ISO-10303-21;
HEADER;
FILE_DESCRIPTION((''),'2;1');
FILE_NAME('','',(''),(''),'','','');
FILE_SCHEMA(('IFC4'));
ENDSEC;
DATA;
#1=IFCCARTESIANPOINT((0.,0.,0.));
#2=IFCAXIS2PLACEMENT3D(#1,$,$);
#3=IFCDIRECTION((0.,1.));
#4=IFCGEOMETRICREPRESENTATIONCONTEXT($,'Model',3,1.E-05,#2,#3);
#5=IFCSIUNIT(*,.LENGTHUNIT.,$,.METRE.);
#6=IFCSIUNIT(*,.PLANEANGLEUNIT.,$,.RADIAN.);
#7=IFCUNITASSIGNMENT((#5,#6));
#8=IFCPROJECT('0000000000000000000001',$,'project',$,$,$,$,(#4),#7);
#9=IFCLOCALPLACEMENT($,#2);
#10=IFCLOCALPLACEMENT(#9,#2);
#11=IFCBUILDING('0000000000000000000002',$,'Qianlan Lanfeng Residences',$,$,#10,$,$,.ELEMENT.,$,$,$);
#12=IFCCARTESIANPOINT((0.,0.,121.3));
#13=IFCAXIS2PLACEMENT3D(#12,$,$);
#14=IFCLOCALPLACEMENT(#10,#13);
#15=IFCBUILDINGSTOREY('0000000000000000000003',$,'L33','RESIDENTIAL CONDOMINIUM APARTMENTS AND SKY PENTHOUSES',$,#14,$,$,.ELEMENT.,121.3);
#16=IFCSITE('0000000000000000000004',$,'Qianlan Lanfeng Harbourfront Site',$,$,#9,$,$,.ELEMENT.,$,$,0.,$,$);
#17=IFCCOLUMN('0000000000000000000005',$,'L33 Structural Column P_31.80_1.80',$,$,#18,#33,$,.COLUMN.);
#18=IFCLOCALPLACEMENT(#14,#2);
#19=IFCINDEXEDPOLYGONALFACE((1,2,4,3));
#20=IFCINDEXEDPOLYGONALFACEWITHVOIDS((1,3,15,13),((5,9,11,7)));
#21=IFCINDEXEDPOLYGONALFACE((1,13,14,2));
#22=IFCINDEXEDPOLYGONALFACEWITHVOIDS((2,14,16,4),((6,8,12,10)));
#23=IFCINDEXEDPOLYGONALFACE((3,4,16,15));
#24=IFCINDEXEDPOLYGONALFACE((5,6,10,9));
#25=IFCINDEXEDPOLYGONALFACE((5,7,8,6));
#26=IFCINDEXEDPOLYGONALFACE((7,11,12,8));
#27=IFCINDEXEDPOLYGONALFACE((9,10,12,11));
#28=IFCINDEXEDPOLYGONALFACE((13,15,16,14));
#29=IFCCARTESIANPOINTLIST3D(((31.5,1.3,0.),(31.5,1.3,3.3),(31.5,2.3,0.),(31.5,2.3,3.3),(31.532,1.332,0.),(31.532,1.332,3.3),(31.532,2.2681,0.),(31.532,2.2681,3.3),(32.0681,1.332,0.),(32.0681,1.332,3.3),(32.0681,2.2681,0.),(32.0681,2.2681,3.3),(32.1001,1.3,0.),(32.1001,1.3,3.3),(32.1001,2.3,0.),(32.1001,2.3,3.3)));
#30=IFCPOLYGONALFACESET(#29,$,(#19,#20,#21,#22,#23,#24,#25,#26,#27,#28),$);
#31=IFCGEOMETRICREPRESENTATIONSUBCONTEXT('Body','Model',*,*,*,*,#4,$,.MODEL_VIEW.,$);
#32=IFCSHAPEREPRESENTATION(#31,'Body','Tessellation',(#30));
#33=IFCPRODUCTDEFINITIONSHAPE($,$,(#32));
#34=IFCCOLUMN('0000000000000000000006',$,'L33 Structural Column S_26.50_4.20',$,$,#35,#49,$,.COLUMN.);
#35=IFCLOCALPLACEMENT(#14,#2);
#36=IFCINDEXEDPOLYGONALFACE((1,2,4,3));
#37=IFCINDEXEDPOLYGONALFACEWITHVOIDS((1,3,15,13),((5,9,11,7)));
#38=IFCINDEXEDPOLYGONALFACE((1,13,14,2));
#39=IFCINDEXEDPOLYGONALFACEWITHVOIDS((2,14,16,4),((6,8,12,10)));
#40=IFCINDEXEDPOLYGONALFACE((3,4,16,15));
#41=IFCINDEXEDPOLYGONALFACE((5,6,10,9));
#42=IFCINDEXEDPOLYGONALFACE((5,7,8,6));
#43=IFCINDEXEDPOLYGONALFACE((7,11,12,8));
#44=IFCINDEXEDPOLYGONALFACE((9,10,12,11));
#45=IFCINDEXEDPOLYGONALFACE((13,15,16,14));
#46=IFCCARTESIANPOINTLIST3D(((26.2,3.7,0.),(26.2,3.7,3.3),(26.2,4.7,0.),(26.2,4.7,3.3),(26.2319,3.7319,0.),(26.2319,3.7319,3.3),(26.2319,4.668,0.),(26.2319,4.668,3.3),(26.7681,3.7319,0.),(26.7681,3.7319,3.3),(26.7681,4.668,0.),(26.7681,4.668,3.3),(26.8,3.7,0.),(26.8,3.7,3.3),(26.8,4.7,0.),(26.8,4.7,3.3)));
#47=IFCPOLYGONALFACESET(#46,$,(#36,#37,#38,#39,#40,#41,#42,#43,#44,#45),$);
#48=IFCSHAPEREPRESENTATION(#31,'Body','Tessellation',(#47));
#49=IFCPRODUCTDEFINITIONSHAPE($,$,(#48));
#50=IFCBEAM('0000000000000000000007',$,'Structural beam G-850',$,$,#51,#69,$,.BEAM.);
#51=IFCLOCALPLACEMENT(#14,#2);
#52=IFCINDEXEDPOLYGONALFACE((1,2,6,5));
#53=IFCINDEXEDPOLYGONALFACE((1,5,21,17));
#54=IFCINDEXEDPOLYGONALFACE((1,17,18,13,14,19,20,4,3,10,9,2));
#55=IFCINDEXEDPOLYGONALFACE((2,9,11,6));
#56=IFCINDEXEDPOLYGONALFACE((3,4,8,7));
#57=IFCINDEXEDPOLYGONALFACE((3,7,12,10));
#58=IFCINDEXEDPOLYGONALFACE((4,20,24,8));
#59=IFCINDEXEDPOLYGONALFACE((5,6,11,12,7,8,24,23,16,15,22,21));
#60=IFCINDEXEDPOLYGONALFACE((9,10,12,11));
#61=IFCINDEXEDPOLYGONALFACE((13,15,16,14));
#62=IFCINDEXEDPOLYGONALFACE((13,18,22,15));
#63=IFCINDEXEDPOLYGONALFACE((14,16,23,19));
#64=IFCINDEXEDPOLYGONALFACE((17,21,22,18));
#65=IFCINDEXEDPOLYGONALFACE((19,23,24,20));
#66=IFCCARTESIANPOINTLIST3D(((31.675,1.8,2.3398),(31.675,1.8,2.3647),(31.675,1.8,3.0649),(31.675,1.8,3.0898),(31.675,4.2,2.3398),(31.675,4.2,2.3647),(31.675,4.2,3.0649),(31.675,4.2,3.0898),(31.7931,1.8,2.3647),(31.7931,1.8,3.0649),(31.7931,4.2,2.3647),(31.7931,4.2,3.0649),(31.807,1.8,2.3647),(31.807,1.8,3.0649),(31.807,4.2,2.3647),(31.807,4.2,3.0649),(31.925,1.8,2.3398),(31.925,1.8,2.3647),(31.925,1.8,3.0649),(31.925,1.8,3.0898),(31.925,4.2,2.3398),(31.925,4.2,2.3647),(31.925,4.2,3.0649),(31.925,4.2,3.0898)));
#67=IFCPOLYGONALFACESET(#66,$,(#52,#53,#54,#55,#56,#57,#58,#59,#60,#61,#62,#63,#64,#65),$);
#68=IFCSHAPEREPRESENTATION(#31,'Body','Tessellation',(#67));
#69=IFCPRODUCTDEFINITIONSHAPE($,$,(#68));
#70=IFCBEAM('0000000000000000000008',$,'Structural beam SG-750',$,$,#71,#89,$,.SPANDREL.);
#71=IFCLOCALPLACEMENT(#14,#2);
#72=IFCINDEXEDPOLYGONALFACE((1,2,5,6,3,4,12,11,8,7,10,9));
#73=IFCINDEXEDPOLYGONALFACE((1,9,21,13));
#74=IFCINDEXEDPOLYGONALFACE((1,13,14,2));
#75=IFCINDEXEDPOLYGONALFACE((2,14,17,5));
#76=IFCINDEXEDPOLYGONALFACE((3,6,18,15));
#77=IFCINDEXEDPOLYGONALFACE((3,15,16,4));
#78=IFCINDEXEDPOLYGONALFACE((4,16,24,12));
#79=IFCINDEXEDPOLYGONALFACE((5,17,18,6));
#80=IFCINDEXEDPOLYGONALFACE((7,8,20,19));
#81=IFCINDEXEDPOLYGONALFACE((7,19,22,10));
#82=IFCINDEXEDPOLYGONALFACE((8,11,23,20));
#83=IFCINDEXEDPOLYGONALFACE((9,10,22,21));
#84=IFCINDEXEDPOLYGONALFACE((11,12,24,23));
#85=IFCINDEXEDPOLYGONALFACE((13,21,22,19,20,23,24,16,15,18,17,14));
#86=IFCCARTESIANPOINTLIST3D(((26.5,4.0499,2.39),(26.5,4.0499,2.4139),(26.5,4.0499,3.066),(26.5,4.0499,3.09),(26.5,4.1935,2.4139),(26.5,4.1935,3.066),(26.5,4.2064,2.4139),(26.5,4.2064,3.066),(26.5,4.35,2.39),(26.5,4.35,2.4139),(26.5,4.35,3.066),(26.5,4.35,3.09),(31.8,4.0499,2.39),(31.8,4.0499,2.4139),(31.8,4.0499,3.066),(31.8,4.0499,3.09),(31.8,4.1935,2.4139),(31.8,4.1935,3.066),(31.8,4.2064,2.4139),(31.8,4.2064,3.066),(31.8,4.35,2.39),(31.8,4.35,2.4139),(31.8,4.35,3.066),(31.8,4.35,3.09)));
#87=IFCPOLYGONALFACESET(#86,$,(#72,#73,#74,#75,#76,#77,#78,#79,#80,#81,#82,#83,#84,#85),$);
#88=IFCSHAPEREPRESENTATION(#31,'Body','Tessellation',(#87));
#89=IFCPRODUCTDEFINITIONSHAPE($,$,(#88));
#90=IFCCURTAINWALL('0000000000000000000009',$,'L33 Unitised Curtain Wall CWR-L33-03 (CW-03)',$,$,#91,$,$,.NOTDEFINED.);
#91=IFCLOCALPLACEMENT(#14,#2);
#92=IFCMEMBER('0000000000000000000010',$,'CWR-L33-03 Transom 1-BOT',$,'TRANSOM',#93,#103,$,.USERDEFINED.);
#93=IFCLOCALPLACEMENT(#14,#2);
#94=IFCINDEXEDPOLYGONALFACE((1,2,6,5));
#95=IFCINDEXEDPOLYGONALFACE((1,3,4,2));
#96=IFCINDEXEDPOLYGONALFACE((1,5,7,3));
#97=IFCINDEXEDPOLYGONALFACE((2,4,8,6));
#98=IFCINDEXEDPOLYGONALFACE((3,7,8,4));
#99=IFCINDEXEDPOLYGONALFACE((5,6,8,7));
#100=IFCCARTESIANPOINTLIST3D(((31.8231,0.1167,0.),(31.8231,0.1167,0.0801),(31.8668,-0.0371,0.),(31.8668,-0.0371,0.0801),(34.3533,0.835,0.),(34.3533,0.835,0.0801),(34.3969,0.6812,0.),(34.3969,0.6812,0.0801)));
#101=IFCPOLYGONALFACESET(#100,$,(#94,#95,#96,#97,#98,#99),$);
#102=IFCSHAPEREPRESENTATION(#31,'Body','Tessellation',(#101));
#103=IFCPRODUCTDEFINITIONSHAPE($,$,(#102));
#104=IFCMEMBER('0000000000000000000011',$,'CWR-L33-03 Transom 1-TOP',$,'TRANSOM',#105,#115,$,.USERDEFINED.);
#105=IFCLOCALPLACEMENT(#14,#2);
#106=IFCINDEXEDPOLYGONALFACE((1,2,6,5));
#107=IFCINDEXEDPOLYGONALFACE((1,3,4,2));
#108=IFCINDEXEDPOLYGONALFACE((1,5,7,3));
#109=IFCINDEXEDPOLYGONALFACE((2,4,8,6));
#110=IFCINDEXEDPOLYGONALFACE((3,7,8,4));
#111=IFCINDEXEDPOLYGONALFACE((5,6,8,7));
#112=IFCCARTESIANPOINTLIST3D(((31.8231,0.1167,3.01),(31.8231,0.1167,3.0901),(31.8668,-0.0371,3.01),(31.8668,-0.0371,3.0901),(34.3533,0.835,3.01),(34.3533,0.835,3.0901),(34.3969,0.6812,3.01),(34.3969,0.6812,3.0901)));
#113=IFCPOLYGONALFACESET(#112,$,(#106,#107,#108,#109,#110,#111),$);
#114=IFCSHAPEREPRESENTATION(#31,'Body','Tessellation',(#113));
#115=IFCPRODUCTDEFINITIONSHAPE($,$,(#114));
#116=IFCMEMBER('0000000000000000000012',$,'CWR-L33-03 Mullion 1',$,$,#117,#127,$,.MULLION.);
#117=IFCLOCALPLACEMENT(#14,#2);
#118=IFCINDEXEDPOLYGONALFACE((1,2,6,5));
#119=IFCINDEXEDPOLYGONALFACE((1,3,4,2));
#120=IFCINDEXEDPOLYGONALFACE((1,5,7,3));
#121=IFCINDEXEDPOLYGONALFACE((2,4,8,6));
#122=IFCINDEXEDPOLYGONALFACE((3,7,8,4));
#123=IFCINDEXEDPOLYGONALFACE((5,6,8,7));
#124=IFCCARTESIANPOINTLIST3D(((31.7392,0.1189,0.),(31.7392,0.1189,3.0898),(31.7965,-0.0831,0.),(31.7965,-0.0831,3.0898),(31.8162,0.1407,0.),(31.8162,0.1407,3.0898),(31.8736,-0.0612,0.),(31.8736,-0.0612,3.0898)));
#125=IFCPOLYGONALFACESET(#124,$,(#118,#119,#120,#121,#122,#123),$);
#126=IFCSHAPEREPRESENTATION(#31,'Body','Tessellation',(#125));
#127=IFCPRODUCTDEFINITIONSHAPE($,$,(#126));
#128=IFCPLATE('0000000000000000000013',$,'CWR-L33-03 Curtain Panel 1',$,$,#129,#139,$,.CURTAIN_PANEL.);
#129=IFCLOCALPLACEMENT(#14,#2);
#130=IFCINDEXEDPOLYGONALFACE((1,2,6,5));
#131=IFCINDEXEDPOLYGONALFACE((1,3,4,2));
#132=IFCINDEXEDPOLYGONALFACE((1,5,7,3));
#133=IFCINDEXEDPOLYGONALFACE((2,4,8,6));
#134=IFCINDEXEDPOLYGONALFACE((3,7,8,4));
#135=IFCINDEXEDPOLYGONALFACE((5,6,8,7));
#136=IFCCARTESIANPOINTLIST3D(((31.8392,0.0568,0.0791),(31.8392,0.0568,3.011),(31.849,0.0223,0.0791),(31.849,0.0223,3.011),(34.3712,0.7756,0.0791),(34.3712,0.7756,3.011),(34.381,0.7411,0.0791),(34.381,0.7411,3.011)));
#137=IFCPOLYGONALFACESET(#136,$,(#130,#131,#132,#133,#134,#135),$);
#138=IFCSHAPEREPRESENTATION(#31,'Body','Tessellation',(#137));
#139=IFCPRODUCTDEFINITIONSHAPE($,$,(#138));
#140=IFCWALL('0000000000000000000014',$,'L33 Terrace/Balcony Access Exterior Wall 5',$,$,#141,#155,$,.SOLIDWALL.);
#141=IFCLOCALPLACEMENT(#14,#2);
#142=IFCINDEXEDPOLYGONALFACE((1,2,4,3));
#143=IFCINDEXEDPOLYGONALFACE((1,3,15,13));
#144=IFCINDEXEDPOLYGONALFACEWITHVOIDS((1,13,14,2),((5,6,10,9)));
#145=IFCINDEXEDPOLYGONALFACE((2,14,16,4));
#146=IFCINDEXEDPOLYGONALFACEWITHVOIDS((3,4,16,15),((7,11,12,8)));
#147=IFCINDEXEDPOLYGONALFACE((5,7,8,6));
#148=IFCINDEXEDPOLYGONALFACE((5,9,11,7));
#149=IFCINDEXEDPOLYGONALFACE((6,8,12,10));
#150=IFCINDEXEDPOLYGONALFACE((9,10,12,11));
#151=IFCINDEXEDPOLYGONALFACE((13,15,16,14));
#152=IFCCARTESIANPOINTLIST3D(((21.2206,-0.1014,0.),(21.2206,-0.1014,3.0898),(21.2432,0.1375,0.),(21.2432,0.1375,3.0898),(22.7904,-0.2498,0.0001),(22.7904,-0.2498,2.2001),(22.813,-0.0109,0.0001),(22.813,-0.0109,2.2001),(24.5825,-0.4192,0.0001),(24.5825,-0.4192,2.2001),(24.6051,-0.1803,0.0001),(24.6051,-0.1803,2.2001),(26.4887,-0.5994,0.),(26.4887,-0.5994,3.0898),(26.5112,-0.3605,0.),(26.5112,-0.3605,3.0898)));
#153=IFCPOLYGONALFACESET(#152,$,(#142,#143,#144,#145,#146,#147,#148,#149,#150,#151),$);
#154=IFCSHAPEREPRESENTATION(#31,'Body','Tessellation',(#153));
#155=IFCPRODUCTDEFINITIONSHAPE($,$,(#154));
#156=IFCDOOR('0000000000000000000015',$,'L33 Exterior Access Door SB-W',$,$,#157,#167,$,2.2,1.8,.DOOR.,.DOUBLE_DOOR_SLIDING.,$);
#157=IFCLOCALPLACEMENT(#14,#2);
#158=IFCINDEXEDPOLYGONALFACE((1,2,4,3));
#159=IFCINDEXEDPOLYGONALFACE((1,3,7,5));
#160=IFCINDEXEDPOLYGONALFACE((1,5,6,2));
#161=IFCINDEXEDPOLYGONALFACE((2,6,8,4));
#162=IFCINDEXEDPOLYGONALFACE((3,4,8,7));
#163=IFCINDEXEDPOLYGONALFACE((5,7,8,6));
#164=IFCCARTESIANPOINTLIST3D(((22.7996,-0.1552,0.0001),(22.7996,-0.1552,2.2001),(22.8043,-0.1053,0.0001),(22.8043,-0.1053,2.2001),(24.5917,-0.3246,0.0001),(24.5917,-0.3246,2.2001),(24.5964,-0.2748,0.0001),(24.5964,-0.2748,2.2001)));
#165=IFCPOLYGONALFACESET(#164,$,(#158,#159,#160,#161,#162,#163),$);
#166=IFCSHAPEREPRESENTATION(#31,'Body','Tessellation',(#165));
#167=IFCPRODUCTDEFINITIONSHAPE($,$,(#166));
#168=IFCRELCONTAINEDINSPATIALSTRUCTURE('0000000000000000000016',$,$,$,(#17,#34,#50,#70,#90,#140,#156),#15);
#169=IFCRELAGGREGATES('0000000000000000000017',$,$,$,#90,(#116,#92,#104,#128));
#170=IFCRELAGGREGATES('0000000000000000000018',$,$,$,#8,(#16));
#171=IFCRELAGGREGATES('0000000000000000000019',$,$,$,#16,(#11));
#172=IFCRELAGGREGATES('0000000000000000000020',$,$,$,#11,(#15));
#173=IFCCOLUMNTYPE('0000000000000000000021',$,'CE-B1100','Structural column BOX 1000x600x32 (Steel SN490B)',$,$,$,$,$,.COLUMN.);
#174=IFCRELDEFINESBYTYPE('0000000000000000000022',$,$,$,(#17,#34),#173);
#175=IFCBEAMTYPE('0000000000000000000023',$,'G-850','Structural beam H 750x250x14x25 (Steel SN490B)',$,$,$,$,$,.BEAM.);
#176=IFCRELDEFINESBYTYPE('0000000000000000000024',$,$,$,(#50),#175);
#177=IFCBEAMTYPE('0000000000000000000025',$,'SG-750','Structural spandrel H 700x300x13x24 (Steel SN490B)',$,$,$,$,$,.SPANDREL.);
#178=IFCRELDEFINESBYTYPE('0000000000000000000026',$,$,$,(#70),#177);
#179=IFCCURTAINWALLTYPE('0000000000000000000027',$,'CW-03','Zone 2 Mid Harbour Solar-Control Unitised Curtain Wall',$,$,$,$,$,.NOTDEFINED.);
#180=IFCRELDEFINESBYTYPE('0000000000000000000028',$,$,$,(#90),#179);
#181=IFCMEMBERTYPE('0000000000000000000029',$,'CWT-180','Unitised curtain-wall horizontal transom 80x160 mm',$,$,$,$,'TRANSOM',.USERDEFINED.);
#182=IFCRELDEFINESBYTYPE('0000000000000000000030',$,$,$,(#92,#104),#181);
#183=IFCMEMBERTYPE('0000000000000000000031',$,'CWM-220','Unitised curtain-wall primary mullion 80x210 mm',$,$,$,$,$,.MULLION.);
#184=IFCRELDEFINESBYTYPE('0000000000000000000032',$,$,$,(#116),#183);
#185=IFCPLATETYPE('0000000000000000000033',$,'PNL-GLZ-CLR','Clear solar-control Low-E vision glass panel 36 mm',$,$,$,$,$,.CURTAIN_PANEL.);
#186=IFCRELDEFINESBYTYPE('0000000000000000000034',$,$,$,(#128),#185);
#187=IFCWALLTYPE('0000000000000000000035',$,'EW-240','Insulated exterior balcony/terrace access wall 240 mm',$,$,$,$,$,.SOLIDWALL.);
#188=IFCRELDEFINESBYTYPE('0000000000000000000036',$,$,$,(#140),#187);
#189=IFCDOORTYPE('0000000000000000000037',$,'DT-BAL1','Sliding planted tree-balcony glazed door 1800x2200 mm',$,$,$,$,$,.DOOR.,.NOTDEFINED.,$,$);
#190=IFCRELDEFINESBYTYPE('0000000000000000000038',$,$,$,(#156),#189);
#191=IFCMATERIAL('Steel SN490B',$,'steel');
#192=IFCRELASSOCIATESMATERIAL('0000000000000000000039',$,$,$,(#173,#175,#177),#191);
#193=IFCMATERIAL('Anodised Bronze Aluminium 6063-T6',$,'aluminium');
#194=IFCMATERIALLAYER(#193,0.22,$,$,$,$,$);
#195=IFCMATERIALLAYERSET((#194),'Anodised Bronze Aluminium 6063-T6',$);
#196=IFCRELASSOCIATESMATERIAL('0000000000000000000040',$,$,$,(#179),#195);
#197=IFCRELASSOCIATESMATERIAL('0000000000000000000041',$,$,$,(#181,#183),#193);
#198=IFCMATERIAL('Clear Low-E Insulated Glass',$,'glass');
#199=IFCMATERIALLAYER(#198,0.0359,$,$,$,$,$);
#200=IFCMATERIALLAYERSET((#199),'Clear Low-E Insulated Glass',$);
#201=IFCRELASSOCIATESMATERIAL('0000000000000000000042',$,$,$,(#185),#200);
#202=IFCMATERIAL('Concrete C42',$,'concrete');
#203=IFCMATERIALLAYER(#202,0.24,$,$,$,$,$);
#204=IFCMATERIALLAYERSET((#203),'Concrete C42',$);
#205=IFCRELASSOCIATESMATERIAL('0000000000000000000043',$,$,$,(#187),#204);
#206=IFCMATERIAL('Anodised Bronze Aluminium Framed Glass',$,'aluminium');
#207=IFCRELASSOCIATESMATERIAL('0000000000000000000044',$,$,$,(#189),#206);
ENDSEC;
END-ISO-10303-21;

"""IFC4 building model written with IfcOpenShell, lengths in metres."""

from ifc_helpers import new_model, si_unit, direction, frame, frame_2d, origin, origin_2d, place, context, subcontext, project, spatial, rectangle, hollow_rectangle, i_section, extrude, source, transform, mapped, material, layer, layer_set, material_profile, profile_set, type_object, element, fill, aggregate, save


model = new_model("IFC4")

# Units and contexts
model_context = context("Model", 3, precision=1e-05, world=origin(), true_north=direction((0.0, 1.0)))
body_context = subcontext(model_context, "Body", "Model", "MODEL_VIEW")
ifc_project = project(units=[si_unit("LENGTHUNIT", "METRE"), si_unit("PLANEANGLEUNIT", "RADIAN")], contexts=[model_context])

# Site, building, storey
site_placement = place(None, origin())
site = spatial("IfcSite", under=ifc_project, at=site_placement, Name="Qianlan Lanfeng Harbourfront Site", CompositionType="ELEMENT", RefElevation=0.0)
building_placement = place(site_placement, origin())
building = spatial("IfcBuilding", under=site, at=building_placement, Name="Qianlan Lanfeng Residences", CompositionType="ELEMENT")
storey_placement = place(building_placement, frame((0.0, 0.0, 121.3)))
storey = spatial("IfcBuildingStorey", under=building, at=storey_placement, Name="L33", Description="RESIDENTIAL CONDOMINIUM APARTMENTS AND SKY PENTHOUSES", CompositionType="ELEMENT", Elevation=121.3)

# Columns
ifc_material_1 = material(Name="Steel SN490B", Category="steel")
ifc_material_profile_1 = material_profile(ifc_material_1, hollow_rectangle(XDim=0.6001, YDim=1.0, WallThickness=0.032, at=origin_2d()), Name="BOX 1000x600x32")
ifc_profile_set_1 = profile_set([ifc_material_profile_1], Name="Steel SN490B")
column_type = type_object("IfcColumnType", Name="CE-B1100", Description="Structural column BOX 1000x600x32 (Steel SN490B)", PredefinedType="COLUMN", material=ifc_profile_set_1)
for number, where, z_axis, x_axis, name in (
    (1, (31.8, 1.8, 0.0), (0.0, 0.0, 1.0), (1.0, 0.0, 0.0), "L33 Structural Column P_31.80_1.80"),
    (2, (26.5, 4.2, 0.0), (0.0, 0.0, 1.0), (1.0, 0.0, 0.0), "L33 Structural Column S_26.50_4.20"),
):
    element("IfcColumn", number, at=place(storey_placement, frame(where, z_axis=z_axis, x_axis=x_axis)), inside=storey, type_object=column_type, Name=name, PredefinedType="COLUMN", context=body_context, shape_type="SweptSolid", body=[
        extrude(hollow_rectangle(XDim=0.6001, YDim=1.0, WallThickness=0.032, at=origin_2d()), origin(), (0.0, 0.0, 1.0), 3.3),
    ])

# Beams
ifc_material_profile_2 = material_profile(ifc_material_1, i_section(OverallWidth=0.25, OverallDepth=0.75, WebThickness=0.0139, FlangeThickness=0.0249, at=origin_2d()), Name="H 750x250x14x25")
ifc_profile_set_2 = profile_set([ifc_material_profile_2], Name="Steel SN490B")
beam_type_1 = type_object("IfcBeamType", Name="G-850", Description="Structural beam H 750x250x14x25 (Steel SN490B)", PredefinedType="BEAM", material=ifc_profile_set_2)
beam_1_placement = place(storey_placement, frame((31.8, 1.8, 2.7148), z_axis=(0.0, 1.0, 0.0), x_axis=(-1.0, 0.0, 0.0)))
element("IfcBeam", 3, at=beam_1_placement, inside=storey, type_object=beam_type_1, Name="Structural beam G-850", PredefinedType="BEAM", context=body_context, shape_type="SweptSolid", body=[
    extrude(i_section(OverallWidth=0.25, OverallDepth=0.75, WebThickness=0.0139, FlangeThickness=0.0249, at=origin_2d()), origin(), (0.0, 0.0, 1.0), 2.3999),
])
ifc_material_profile_3 = material_profile(ifc_material_1, i_section(OverallWidth=0.3, OverallDepth=0.7, WebThickness=0.0129, FlangeThickness=0.0239, at=origin_2d()), Name="H 700x300x13x24")
ifc_profile_set_3 = profile_set([ifc_material_profile_3], Name="Steel SN490B")
beam_type_2 = type_object("IfcBeamType", Name="SG-750", Description="Structural spandrel H 700x300x13x24 (Steel SN490B)", PredefinedType="SPANDREL", material=ifc_profile_set_3)
beam_2_placement = place(storey_placement, frame((26.5, 4.2, 2.74), z_axis=(1.0, 0.0, 0.0), x_axis=(0.0, 1.0, 0.0)))
element("IfcBeam", 4, at=beam_2_placement, inside=storey, type_object=beam_type_2, Name="Structural beam SG-750", PredefinedType="SPANDREL", context=body_context, shape_type="SweptSolid", body=[
    extrude(i_section(OverallWidth=0.3, OverallDepth=0.7, WebThickness=0.0129, FlangeThickness=0.0239, at=origin_2d()), origin(), (0.0, 0.0, 1.0), 5.3),
])

# Curtain wall, members, plate
ifc_material_2 = material(Name="Anodised Bronze Aluminium 6063-T6", Category="aluminium")
ifc_layer_1 = layer(ifc_material_2, 0.22)
ifc_layer_set_1 = layer_set([ifc_layer_1], Name="Anodised Bronze Aluminium 6063-T6")
curtain_wall_type = type_object("IfcCurtainWallType", Name="CW-03", Description="Zone 2 Mid Harbour Solar-Control Unitised Curtain Wall", PredefinedType="NOTDEFINED", material=ifc_layer_set_1)
curtain_wall_placement = place(storey_placement, origin())
curtain_wall = element("IfcCurtainWall", 5, at=curtain_wall_placement, inside=storey, type_object=curtain_wall_type, Name="L33 Unitised Curtain Wall CWR-L33-03 (CW-03)", PredefinedType="NOTDEFINED")
ifc_material_profile_4 = material_profile(ifc_material_2, rectangle(XDim=0.0801, YDim=0.1599, at=origin_2d()), Name="ALU TRANSOM 80x160")
ifc_profile_set_4 = profile_set([ifc_material_profile_4], Name="Anodised Bronze Aluminium 6063-T6")
member_type_1 = type_object("IfcMemberType", Name="CWT-180", Description="Unitised curtain-wall horizontal transom 80x160 mm", ElementType="TRANSOM", PredefinedType="USERDEFINED", material=ifc_profile_set_4)
shared_shape_1 = source(origin(), body_context, "Body", "SweptSolid", [
    extrude(rectangle(XDim=0.0801, YDim=0.1599, at=origin_2d()), origin(), (0.0, 0.0, 1.0), 2.6301),
])
member_1_placement = place(storey_placement, frame((31.845, 0.0398, 0.04), z_axis=(0.961985, 0.273102, 0.0), x_axis=(0.0, 0.0, 1.0)))
member_1 = element("IfcMember", 6, at=member_1_placement, type_object=member_type_1, Name="CWR-L33-03 Transom 1-BOT", ObjectType="TRANSOM", PredefinedType="USERDEFINED", context=body_context, shape_type="MappedRepresentation", body=[
    mapped(shared_shape_1, transform((0.0, 0.0, 0.0), scale=1.0)),
])
member_2_placement = place(storey_placement, frame((31.845, 0.0398, 3.05), z_axis=(0.961985, 0.273102, 0.0), x_axis=(0.0, 0.0, 1.0)))
member_2 = element("IfcMember", 7, at=member_2_placement, type_object=member_type_1, Name="CWR-L33-03 Transom 1-TOP", ObjectType="TRANSOM", PredefinedType="USERDEFINED", context=body_context, shape_type="MappedRepresentation", body=[
    mapped(shared_shape_1, transform((0.0, 0.0, 0.0), scale=1.0)),
])
ifc_material_profile_5 = material_profile(ifc_material_2, rectangle(XDim=0.0801, YDim=0.21, at=origin_2d()), Name="ALU MULLION 80x210")
ifc_profile_set_5 = profile_set([ifc_material_profile_5], Name="Anodised Bronze Aluminium 6063-T6")
member_type_2 = type_object("IfcMemberType", Name="CWM-220", Description="Unitised curtain-wall primary mullion 80x210 mm", PredefinedType="MULLION", material=ifc_profile_set_5)
shared_shape_2 = source(origin(), body_context, "Body", "SweptSolid", [
    extrude(rectangle(XDim=0.0801, YDim=0.21, at=origin_2d()), origin(), (0.0, 0.0, 1.0), 3.0898),
])
member_3_placement = place(storey_placement, frame((31.8064, 0.0288, 0.0), z_axis=(0.0, 0.0, 1.0), x_axis=(0.961989, 0.273088, 0.0)))
member_3 = element("IfcMember", 8, at=member_3_placement, type_object=member_type_2, Name="CWR-L33-03 Mullion 1", PredefinedType="MULLION", context=body_context, shape_type="MappedRepresentation", body=[
    mapped(shared_shape_2, transform((0.0, 0.0, 0.0), scale=1.0)),
])
ifc_material_3 = material(Name="Clear Low-E Insulated Glass", Category="glass")
ifc_layer_2 = layer(ifc_material_3, 0.0359)
ifc_layer_set_2 = layer_set([ifc_layer_2], Name="Clear Low-E Insulated Glass")
plate_type = type_object("IfcPlateType", Name="PNL-GLZ-CLR", Description="Clear solar-control Low-E vision glass panel 36 mm", PredefinedType="CURTAIN_PANEL", material=ifc_layer_set_2)
shared_shape_3 = source(origin(), body_context, "Body", "SweptSolid", [
    extrude(rectangle(XDim=2.6321, YDim=0.0359, at=origin_2d()), origin(), (0.0, 0.0, 1.0), 2.9319),
])
plate_placement = place(storey_placement, frame((33.1101, 0.3989, 0.0791), z_axis=(0.0, 0.0, 1.0), x_axis=(0.961989, 0.273088, 0.0)))
plate = element("IfcPlate", 9, at=plate_placement, type_object=plate_type, Name="CWR-L33-03 Curtain Panel 1", PredefinedType="CURTAIN_PANEL", context=body_context, shape_type="MappedRepresentation", body=[
    mapped(shared_shape_3, transform((0.0, 0.0, 0.0), scale=1.0)),
])
aggregate(curtain_wall, [member_3, member_1, member_2, plate])

# Wall, opening, door
ifc_material_4 = material(Name="Concrete C42", Category="concrete")
ifc_layer_3 = layer(ifc_material_4, 0.24)
ifc_layer_set_3 = layer_set([ifc_layer_3], Name="Concrete C42")
wall_type_1 = type_object("IfcWallType", Name="EW-240", Description="Insulated exterior balcony/terrace access wall 240 mm", PredefinedType="SOLIDWALL", material=ifc_layer_set_3)
wall_1_placement = place(storey_placement, frame((21.2319, 0.0181, 0.0), z_axis=(0.0, 0.0, 1.0), x_axis=(0.995561, -0.094121, 0.0)))
wall_1 = element("IfcWall", 10, at=wall_1_placement, inside=storey, type_object=wall_type_1, Name="L33 Terrace/Balcony Access Exterior Wall 5", PredefinedType="SOLIDWALL", context=body_context, shape_type="SweptSolid", body=[
    extrude(rectangle(XDim=5.2915, YDim=0.24, at=frame_2d((2.6458, 0.0))), origin(), (0.0, 0.0, 1.0), 3.0898),
])
opening_1_placement = place(wall_1_placement, frame((1.5769, 0.0, 0.0)))
opening_1 = element("IfcOpeningElement", 11, at=opening_1_placement, cuts=wall_1, PredefinedType="OPENING", context=body_context, shape_type="SweptSolid", body=[
    extrude(rectangle(XDim=1.8, YDim=2.2, at=frame_2d((0.8999, 1.1001))), frame((0.0, 0.1299, 0.0), z_axis=(0.0, -1.0, 0.0), x_axis=(1.0, 0.0, 0.0)), (0.0, 0.0, 1.0), 0.26),
])
ifc_material_5 = material(Name="Anodised Bronze Aluminium Framed Glass", Category="aluminium")
door_type_1 = type_object("IfcDoorType", Name="DT-BAL1", Description="Sliding planted tree-balcony glazed door 1800x2200 mm", OperationType="NOTDEFINED", PredefinedType="DOOR", material=ifc_material_5)
door_1_placement = place(opening_1_placement, frame((1.8, 0.0, 0.0), z_axis=(0.0, 0.0, 1.0), x_axis=(-1.0, 0.0, 0.0)))
door_1 = element("IfcDoor", 12, at=door_1_placement, inside=storey, type_object=door_type_1, Name="L33 Exterior Access Door SB-W", OperationType="DOUBLE_DOOR_SLIDING", OverallHeight=2.2, OverallWidth=1.8, PredefinedType="DOOR", context=body_context, shape_type="SweptSolid", body=[
    extrude(rectangle(XDim=1.8, YDim=2.2, at=frame_2d((0.8999, 1.1001))), frame((0.0, 0.0249, 0.0), z_axis=(0.0, -1.0, 0.0), x_axis=(1.0, 0.0, 0.0)), (0.0, 0.0, 1.0), 0.05),
])
fill(opening_1, door_1)

save(model, "model.ifc")
